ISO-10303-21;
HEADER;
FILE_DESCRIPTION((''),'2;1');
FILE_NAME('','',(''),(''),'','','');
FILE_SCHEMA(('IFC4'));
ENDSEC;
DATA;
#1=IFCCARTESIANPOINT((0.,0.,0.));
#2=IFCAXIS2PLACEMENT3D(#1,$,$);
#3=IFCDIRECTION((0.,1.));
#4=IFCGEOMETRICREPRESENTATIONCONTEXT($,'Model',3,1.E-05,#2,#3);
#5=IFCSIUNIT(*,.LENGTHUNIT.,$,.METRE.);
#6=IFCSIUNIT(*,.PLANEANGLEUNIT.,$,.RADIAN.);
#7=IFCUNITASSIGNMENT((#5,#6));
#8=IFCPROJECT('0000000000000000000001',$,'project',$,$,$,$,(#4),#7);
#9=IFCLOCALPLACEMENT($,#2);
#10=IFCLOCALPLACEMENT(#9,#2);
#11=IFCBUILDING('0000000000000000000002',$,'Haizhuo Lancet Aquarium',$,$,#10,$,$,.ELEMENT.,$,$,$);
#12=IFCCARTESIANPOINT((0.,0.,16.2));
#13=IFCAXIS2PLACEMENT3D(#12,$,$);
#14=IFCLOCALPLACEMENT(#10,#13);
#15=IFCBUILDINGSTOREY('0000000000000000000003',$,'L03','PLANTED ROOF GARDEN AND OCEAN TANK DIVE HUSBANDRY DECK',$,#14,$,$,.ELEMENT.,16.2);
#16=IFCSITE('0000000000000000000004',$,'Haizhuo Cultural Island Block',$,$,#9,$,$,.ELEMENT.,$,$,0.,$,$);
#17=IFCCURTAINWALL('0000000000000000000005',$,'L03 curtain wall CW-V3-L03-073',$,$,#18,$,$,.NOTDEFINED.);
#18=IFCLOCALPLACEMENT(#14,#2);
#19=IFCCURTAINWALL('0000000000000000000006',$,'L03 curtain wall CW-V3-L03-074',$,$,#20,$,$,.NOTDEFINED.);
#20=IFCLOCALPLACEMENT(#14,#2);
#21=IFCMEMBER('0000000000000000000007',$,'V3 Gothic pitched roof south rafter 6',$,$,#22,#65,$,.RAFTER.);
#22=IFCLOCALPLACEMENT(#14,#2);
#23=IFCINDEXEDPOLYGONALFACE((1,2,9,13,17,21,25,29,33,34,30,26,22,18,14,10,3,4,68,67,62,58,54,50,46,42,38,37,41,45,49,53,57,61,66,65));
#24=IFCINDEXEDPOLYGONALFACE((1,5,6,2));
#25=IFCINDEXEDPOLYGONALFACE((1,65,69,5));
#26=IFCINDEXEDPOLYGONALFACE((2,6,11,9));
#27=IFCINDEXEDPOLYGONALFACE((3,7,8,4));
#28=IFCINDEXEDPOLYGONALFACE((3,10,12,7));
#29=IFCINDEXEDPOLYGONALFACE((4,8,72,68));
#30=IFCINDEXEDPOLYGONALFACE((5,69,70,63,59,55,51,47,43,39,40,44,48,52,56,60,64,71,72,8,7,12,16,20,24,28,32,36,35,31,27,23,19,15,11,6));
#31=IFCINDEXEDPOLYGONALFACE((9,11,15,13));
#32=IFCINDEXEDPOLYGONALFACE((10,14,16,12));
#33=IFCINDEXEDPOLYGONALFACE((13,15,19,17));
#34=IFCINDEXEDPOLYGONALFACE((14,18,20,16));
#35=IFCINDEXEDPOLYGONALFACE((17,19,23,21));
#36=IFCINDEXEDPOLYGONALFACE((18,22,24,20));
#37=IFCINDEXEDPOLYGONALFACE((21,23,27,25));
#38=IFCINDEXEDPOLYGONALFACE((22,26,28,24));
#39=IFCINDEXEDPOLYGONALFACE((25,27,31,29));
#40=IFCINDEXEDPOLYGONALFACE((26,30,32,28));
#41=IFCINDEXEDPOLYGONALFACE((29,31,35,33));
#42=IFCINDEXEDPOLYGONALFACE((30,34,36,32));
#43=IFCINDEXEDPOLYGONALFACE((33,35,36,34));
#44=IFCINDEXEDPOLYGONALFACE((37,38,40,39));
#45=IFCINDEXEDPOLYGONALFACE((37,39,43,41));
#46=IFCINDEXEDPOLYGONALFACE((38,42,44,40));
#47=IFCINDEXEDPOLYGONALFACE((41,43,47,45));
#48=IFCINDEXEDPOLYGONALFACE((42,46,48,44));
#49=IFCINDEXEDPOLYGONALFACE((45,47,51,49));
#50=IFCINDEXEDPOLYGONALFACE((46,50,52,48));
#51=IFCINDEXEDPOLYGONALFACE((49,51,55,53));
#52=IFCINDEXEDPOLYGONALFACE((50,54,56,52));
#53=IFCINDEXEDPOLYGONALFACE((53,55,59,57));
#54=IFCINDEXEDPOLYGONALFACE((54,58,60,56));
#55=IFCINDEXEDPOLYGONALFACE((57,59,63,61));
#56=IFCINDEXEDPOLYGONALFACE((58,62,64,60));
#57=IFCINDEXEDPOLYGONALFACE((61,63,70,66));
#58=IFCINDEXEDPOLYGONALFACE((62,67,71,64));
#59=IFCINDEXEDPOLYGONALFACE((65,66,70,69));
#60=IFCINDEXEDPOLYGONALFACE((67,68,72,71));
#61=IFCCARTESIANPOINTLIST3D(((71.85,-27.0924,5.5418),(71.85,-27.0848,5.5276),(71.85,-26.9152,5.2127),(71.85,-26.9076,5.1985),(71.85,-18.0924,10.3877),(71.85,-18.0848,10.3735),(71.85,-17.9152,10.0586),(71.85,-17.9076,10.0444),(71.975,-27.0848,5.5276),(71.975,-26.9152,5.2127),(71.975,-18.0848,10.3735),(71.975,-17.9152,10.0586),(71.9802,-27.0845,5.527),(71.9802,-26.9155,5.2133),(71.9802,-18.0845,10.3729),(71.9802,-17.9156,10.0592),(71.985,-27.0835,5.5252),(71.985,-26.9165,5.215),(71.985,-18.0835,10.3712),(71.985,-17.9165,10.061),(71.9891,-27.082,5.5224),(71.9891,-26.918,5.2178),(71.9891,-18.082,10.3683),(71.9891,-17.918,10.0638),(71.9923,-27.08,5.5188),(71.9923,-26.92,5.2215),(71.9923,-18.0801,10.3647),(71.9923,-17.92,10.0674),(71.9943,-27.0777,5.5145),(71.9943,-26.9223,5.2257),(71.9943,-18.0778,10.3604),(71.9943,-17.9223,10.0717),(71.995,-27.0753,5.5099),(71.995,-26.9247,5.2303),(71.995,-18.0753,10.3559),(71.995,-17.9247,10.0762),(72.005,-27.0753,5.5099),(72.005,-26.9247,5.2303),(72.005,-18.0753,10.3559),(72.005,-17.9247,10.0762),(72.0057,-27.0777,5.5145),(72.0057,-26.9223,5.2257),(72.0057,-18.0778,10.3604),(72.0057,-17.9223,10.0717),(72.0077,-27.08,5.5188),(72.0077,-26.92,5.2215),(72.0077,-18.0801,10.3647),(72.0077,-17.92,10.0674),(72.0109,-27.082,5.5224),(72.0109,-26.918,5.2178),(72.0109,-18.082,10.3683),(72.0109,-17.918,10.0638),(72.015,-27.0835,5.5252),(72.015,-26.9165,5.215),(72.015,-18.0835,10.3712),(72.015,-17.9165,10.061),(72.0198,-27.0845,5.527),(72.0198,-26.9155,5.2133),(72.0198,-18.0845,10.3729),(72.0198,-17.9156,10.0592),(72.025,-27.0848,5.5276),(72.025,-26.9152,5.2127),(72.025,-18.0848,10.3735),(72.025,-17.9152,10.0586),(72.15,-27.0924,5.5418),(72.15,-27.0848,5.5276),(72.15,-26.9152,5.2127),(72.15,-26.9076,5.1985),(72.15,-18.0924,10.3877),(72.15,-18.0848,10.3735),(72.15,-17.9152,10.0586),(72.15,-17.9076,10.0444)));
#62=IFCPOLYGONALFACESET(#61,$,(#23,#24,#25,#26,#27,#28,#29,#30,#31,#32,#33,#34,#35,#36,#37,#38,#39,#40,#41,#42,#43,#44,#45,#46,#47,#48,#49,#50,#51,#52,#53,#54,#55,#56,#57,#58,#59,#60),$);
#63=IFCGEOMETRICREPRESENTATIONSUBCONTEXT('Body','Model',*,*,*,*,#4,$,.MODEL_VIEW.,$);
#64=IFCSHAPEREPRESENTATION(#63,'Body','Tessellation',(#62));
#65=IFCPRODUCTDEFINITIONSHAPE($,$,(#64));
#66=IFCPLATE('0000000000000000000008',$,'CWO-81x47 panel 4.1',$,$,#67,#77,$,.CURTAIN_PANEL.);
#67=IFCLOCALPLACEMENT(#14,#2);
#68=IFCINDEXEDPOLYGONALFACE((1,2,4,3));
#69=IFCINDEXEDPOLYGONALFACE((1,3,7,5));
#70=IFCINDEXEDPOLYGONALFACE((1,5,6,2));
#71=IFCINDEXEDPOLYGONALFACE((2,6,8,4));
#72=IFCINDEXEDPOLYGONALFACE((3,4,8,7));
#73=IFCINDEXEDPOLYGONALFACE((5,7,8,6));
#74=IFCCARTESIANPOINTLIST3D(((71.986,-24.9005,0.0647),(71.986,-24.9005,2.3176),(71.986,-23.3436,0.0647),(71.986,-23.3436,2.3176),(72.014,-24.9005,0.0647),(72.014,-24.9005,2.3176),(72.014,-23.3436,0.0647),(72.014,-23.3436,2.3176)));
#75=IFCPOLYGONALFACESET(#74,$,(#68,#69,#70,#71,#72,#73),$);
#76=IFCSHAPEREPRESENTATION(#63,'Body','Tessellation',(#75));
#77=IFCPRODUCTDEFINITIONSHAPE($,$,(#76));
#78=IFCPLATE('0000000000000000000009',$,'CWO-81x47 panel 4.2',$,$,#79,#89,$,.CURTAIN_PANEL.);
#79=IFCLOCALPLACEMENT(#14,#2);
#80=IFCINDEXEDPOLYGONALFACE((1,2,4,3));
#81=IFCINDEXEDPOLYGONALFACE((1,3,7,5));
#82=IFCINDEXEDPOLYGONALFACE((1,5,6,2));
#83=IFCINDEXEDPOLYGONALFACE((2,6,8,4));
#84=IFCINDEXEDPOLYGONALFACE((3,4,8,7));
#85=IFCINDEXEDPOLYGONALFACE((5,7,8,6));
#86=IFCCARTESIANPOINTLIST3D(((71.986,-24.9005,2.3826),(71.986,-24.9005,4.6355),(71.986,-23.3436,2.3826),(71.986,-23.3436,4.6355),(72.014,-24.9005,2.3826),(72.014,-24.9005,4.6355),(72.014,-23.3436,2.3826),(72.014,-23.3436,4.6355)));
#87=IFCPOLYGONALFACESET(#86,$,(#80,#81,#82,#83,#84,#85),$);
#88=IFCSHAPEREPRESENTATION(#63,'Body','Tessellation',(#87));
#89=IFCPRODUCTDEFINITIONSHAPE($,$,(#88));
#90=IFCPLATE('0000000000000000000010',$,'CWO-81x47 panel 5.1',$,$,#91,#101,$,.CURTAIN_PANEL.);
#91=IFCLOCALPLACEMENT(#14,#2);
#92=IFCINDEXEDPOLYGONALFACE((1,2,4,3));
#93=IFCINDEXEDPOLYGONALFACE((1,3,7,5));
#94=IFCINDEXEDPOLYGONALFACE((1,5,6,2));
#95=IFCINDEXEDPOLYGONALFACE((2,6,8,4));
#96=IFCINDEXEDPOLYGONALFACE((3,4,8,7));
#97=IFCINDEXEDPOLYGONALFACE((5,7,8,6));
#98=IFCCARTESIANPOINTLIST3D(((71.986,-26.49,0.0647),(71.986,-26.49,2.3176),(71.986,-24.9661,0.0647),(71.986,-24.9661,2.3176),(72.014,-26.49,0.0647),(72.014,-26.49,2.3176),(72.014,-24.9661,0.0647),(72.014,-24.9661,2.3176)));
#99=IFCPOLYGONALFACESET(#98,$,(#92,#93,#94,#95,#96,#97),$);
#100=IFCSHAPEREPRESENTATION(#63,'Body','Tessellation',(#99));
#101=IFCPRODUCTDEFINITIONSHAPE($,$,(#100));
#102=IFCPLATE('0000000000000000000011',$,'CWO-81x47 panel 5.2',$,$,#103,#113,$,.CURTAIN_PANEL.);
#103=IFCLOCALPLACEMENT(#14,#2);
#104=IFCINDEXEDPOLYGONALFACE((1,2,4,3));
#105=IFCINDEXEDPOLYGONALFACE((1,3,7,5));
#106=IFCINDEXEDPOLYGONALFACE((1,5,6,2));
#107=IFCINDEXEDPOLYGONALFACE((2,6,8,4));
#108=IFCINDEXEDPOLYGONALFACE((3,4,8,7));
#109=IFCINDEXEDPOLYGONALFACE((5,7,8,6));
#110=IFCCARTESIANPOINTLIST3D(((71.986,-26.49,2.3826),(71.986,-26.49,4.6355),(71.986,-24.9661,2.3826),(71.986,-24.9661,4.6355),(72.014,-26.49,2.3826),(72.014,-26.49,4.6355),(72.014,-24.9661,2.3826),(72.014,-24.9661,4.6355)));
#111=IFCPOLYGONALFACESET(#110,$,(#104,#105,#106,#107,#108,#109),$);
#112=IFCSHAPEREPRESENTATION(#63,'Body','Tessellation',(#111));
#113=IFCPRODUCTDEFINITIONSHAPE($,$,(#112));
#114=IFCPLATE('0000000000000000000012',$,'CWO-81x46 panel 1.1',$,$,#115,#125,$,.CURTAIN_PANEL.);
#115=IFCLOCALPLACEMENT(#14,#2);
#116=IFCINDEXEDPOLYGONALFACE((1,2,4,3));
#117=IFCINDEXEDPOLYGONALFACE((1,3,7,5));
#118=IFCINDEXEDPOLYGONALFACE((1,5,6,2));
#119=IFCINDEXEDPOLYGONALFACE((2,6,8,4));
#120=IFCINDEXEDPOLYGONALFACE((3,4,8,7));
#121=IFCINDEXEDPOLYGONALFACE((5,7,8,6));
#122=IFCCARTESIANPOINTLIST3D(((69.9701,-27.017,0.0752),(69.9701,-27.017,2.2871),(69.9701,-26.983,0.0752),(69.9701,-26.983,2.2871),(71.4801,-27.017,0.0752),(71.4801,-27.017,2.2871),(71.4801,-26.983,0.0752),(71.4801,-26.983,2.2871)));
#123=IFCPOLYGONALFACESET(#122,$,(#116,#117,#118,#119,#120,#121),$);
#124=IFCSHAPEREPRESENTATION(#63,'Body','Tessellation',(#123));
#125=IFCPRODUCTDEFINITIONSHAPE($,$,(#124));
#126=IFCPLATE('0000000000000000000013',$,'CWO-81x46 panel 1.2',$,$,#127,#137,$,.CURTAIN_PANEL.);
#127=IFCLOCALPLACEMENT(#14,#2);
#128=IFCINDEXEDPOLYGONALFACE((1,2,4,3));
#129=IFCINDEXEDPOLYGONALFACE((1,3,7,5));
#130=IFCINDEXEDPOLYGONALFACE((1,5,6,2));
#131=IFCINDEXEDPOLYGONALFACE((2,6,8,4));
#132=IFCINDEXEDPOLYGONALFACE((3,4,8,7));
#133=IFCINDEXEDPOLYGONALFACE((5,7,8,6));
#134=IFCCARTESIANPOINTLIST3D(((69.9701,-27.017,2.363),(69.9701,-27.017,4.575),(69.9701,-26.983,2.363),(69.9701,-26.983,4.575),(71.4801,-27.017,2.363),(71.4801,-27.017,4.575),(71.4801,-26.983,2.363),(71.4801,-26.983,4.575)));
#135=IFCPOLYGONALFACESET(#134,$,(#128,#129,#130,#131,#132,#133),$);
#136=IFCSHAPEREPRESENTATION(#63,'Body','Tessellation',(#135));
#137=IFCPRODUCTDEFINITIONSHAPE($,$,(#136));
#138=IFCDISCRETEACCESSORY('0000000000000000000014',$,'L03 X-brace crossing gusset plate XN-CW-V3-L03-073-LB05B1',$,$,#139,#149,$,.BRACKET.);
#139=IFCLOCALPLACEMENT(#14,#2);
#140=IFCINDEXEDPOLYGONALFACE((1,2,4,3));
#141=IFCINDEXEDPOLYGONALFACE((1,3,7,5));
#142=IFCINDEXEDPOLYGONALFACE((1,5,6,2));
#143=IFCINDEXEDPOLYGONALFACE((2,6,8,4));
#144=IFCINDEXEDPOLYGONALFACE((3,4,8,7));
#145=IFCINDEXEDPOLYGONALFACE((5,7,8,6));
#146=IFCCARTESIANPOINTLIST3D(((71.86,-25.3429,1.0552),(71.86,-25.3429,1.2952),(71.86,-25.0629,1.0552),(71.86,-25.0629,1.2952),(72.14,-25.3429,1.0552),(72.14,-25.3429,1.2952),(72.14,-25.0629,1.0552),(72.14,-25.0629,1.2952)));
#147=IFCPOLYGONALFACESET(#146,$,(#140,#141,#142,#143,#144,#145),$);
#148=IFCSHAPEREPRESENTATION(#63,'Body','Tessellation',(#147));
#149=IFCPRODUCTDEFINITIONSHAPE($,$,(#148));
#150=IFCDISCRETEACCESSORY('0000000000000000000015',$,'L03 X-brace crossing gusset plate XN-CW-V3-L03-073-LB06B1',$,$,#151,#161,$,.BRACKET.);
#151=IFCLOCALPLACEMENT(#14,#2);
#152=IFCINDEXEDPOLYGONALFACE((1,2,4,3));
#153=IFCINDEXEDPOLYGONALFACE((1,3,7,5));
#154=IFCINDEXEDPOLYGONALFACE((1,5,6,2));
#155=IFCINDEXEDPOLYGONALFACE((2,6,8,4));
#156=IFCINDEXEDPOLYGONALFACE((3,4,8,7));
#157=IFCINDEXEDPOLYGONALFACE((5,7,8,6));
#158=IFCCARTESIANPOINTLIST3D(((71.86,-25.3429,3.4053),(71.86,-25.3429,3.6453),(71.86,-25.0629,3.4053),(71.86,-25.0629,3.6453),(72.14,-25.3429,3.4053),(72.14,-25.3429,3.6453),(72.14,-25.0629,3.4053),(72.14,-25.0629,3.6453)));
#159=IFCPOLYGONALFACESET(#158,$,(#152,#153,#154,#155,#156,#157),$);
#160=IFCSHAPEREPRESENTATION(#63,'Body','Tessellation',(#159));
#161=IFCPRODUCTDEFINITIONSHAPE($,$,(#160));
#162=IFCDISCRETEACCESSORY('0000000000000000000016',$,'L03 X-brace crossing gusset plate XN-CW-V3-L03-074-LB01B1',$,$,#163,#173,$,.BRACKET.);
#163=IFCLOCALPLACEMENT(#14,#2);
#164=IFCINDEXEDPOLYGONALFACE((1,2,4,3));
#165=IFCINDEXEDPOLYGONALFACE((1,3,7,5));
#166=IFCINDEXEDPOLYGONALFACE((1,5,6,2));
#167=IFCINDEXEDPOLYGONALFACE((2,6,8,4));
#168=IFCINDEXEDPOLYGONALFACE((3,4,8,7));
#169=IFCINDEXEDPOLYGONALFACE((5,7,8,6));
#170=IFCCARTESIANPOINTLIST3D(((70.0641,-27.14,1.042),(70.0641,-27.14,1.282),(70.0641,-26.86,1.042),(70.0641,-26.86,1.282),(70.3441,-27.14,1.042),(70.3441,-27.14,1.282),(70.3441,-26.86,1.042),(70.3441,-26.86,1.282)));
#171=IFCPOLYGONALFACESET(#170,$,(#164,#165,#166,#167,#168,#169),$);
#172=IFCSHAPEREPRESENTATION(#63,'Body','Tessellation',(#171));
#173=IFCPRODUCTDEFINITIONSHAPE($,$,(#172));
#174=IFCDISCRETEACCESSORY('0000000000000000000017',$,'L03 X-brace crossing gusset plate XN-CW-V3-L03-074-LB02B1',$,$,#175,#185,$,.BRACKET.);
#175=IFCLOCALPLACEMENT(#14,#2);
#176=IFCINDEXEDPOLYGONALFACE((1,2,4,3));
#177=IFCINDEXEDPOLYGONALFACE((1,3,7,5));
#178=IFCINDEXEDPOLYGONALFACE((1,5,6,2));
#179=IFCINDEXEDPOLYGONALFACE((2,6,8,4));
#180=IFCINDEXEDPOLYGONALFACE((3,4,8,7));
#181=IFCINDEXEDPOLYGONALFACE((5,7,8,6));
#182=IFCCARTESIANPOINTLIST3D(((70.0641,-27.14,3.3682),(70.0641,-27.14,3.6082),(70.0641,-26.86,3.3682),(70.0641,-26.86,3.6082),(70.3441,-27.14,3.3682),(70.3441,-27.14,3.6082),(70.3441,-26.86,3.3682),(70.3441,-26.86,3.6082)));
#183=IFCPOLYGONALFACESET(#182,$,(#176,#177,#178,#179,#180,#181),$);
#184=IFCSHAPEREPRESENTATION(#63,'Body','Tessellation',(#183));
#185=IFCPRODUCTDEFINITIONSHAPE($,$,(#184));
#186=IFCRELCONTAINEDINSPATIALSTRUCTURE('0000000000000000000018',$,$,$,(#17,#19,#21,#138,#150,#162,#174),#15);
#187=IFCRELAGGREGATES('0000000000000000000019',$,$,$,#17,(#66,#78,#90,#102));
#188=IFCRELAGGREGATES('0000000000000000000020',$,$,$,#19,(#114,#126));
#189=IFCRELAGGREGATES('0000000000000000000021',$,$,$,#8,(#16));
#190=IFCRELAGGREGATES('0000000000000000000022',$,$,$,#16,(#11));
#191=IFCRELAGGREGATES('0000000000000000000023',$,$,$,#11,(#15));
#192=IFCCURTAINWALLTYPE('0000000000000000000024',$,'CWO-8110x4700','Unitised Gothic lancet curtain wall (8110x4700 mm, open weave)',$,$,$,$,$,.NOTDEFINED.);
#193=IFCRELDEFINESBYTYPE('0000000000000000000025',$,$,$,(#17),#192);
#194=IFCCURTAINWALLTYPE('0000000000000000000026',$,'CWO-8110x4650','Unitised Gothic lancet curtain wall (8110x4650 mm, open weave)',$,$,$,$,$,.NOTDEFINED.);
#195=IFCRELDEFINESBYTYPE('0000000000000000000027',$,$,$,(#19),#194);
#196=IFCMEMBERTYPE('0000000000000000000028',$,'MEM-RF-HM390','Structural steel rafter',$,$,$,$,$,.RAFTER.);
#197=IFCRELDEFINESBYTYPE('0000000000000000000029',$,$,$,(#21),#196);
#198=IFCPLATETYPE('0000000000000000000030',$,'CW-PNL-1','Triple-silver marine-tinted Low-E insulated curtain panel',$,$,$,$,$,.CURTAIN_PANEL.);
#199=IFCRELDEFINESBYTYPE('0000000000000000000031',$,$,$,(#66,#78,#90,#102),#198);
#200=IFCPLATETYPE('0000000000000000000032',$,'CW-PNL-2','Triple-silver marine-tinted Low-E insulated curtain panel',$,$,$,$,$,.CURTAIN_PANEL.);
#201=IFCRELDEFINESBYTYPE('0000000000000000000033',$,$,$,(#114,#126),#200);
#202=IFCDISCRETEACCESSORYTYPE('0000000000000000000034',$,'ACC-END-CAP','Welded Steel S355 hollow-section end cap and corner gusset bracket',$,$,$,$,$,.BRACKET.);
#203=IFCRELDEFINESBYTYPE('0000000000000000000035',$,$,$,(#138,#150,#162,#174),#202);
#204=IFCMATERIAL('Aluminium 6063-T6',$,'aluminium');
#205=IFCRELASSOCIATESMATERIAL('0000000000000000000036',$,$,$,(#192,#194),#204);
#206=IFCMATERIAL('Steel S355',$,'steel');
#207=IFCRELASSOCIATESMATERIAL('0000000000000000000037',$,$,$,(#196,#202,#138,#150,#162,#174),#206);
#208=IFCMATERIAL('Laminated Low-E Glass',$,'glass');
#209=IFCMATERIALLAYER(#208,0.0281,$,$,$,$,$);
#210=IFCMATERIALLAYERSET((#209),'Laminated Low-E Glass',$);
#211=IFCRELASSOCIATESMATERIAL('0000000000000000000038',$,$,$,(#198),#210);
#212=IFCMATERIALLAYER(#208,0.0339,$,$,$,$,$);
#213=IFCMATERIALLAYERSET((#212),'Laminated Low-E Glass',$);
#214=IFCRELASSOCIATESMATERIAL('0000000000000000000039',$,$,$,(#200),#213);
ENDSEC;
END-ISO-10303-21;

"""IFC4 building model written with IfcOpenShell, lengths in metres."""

from ifc_helpers import new_model, si_unit, direction, frame, origin, origin_2d, place, context, subcontext, project, spatial, rectangle, i_section, extrude, material, layer, layer_set, material_profile, profile_set, type_object, element, aggregate, save


model = new_model("IFC4")

# Units and contexts
model_context = context("Model", 3, precision=1e-05, world=origin(), true_north=direction((0.0, 1.0)))
body_context = subcontext(model_context, "Body", "Model", "MODEL_VIEW")
ifc_project = project(units=[si_unit("LENGTHUNIT", "METRE"), si_unit("PLANEANGLEUNIT", "RADIAN")], contexts=[model_context])

# Site, building, storey
site_placement = place(None, origin())
site = spatial("IfcSite", under=ifc_project, at=site_placement, Name="Haizhuo Cultural Island Block", CompositionType="ELEMENT", RefElevation=0.0)
building_placement = place(site_placement, origin())
building = spatial("IfcBuilding", under=site, at=building_placement, Name="Haizhuo Lancet Aquarium", CompositionType="ELEMENT")
storey_placement = place(building_placement, frame((0.0, 0.0, 16.2)))
storey = spatial("IfcBuildingStorey", under=building, at=storey_placement, Name="L03", Description="PLANTED ROOF GARDEN AND OCEAN TANK DIVE HUSBANDRY DECK", CompositionType="ELEMENT", Elevation=16.2)

# Curtain wall
ifc_material_1 = material(Name="Aluminium 6063-T6", Category="aluminium")
curtain_wall_type_1 = type_object("IfcCurtainWallType", Name="CWO-8110x4700", Description="Unitised Gothic lancet curtain wall (8110x4700 mm, open weave)", PredefinedType="NOTDEFINED", material=ifc_material_1)
curtain_wall_1_placement = place(storey_placement, origin())
curtain_wall_1 = element("IfcCurtainWall", 1, at=curtain_wall_1_placement, inside=storey, type_object=curtain_wall_type_1, Name="L03 curtain wall CW-V3-L03-073", PredefinedType="NOTDEFINED")

# Curtain wall
curtain_wall_type_2 = type_object("IfcCurtainWallType", Name="CWO-8110x4650", Description="Unitised Gothic lancet curtain wall (8110x4650 mm, open weave)", PredefinedType="NOTDEFINED", material=ifc_material_1)
curtain_wall_2_placement = place(storey_placement, origin())
curtain_wall_2 = element("IfcCurtainWall", 2, at=curtain_wall_2_placement, inside=storey, type_object=curtain_wall_type_2, Name="L03 curtain wall CW-V3-L03-074", PredefinedType="NOTDEFINED")

# Member
ifc_material_2 = material(Name="Steel S355", Category="steel")
ifc_material_profile_1 = material_profile(ifc_material_2, i_section(OverallWidth=0.3, OverallDepth=0.3899, WebThickness=0.01, FlangeThickness=0.0161, FilletRadius=0.02, at=origin_2d()), Name="HM 390x300x10x16")
ifc_profile_set_1 = profile_set([ifc_material_profile_1], Name="Steel S355")
member_type_1 = type_object("IfcMemberType", Name="MEM-RF-HM390", Description="Structural steel rafter", PredefinedType="RAFTER", material=ifc_profile_set_1)
member_1_placement = place(storey_placement, frame((72.0, -27.0, 5.3701), z_axis=(0.0, 0.88048, 0.474084), x_axis=(-1.0, 0.0, 0.0)))
element("IfcMember", 3, at=member_1_placement, inside=storey, type_object=member_type_1, Name="V3 Gothic pitched roof south rafter 6", PredefinedType="RAFTER", context=body_context, shape_type="SweptSolid", body=[
    extrude(i_section(OverallWidth=0.3, OverallDepth=0.3899, WebThickness=0.01, FlangeThickness=0.0161, FilletRadius=0.02, at=origin_2d()), origin(), (0.0, 0.0, 1.0), 10.2217),
])

# Plates
ifc_material_3 = material(Name="Laminated Low-E Glass", Category="glass")
ifc_layer_1 = layer(ifc_material_3, 0.0281)
ifc_layer_set_1 = layer_set([ifc_layer_1], Name="Laminated Low-E Glass")
plate_type_1 = type_object("IfcPlateType", Name="CW-PNL-1", Description="Triple-silver marine-tinted Low-E insulated curtain panel", PredefinedType="CURTAIN_PANEL", material=ifc_layer_set_1)
plate_1_placement = place(storey_placement, frame((72.0, -24.1221, 0.0647), z_axis=(0.0, 0.0, 1.0), x_axis=(0.0, -1.0, 0.0)))
plate_1 = element("IfcPlate", 4, at=plate_1_placement, type_object=plate_type_1, Name="CWO-81x47 panel 4.1", PredefinedType="CURTAIN_PANEL", context=body_context, shape_type="SweptSolid", body=[
    extrude(rectangle(XDim=1.5569, YDim=0.0281, at=origin_2d()), origin(), (0.0, 0.0, 1.0), 2.2529),
])
plate_2_placement = place(storey_placement, frame((72.0, -24.1221, 2.3826), z_axis=(0.0, 0.0, 1.0), x_axis=(0.0, -1.0, 0.0)))
plate_2 = element("IfcPlate", 5, at=plate_2_placement, type_object=plate_type_1, Name="CWO-81x47 panel 4.2", PredefinedType="CURTAIN_PANEL", context=body_context, shape_type="SweptSolid", body=[
    extrude(rectangle(XDim=1.5569, YDim=0.0281, at=origin_2d()), origin(), (0.0, 0.0, 1.0), 2.2529),
])
plate_3_placement = place(storey_placement, frame((72.0, -25.728, 0.0647), z_axis=(0.0, 0.0, 1.0), x_axis=(0.0, -1.0, 0.0)))
plate_3 = element("IfcPlate", 6, at=plate_3_placement, type_object=plate_type_1, Name="CWO-81x47 panel 5.1", PredefinedType="CURTAIN_PANEL", context=body_context, shape_type="SweptSolid", body=[
    extrude(rectangle(XDim=1.5239, YDim=0.0281, at=origin_2d()), origin(), (0.0, 0.0, 1.0), 2.2529),
])
plate_4_placement = place(storey_placement, frame((72.0, -25.728, 2.3826), z_axis=(0.0, 0.0, 1.0), x_axis=(0.0, -1.0, 0.0)))
plate_4 = element("IfcPlate", 7, at=plate_4_placement, type_object=plate_type_1, Name="CWO-81x47 panel 5.2", PredefinedType="CURTAIN_PANEL", context=body_context, shape_type="SweptSolid", body=[
    extrude(rectangle(XDim=1.5239, YDim=0.0281, at=origin_2d()), origin(), (0.0, 0.0, 1.0), 2.2529),
])
aggregate(curtain_wall_1, [plate_1, plate_2, plate_3, plate_4])
ifc_layer_2 = layer(ifc_material_3, 0.0339)
ifc_layer_set_2 = layer_set([ifc_layer_2], Name="Laminated Low-E Glass")
plate_type_2 = type_object("IfcPlateType", Name="CW-PNL-2", Description="Triple-silver marine-tinted Low-E insulated curtain panel", PredefinedType="CURTAIN_PANEL", material=ifc_layer_set_2)
plate_5_placement = place(storey_placement, frame((70.7251, -27.0, 0.0752), z_axis=(0.0, 0.0, 1.0), x_axis=(-1.0, 0.0, 0.0)))
plate_5 = element("IfcPlate", 8, at=plate_5_placement, type_object=plate_type_2, Name="CWO-81x46 panel 1.1", PredefinedType="CURTAIN_PANEL", context=body_context, shape_type="SweptSolid", body=[
    extrude(rectangle(XDim=1.51, YDim=0.0339, at=origin_2d()), origin(), (0.0, 0.0, 1.0), 2.2119),
])
plate_6_placement = place(storey_placement, frame((70.7251, -27.0, 2.363), z_axis=(0.0, 0.0, 1.0), x_axis=(-1.0, 0.0, 0.0)))
plate_6 = element("IfcPlate", 9, at=plate_6_placement, type_object=plate_type_2, Name="CWO-81x46 panel 1.2", PredefinedType="CURTAIN_PANEL", context=body_context, shape_type="SweptSolid", body=[
    extrude(rectangle(XDim=1.51, YDim=0.0339, at=origin_2d()), origin(), (0.0, 0.0, 1.0), 2.2119),
])
aggregate(curtain_wall_2, [plate_5, plate_6])

# Discrete accessories
discrete_accessory_type = type_object("IfcDiscreteAccessoryType", Name="ACC-END-CAP", Description="Welded Steel S355 hollow-section end cap and corner gusset bracket", PredefinedType="BRACKET", material=ifc_material_2)
for number, where, z_axis, x_axis, name in (
    (10, (72.0, -25.2029, 1.0552), (0.0, 0.0, 1.0), (1.0, 0.0, 0.0), "L03 X-brace crossing gusset plate XN-CW-V3-L03-073-LB05B1"),
    (11, (72.0, -25.2029, 3.4053), (0.0, 0.0, 1.0), (1.0, 0.0, 0.0), "L03 X-brace crossing gusset plate XN-CW-V3-L03-073-LB06B1"),
    (12, (70.2041, -27.0, 1.042), (0.0, 0.0, 1.0), (1.0, 0.0, 0.0), "L03 X-brace crossing gusset plate XN-CW-V3-L03-074-LB01B1"),
    (13, (70.2041, -27.0, 3.3682), (0.0, 0.0, 1.0), (1.0, 0.0, 0.0), "L03 X-brace crossing gusset plate XN-CW-V3-L03-074-LB02B1"),
):
    element("IfcDiscreteAccessory", number, at=place(storey_placement, frame(where, z_axis=z_axis, x_axis=x_axis)), inside=storey, type_object=discrete_accessory_type, material=ifc_material_2, Name=name, PredefinedType="BRACKET", context=body_context, shape_type="SweptSolid", body=[
        extrude(rectangle(XDim=0.28, YDim=0.28, at=origin_2d()), origin(), (0.0, 0.0, 1.0), 0.24),
    ])

save(model, "model.ifc")
